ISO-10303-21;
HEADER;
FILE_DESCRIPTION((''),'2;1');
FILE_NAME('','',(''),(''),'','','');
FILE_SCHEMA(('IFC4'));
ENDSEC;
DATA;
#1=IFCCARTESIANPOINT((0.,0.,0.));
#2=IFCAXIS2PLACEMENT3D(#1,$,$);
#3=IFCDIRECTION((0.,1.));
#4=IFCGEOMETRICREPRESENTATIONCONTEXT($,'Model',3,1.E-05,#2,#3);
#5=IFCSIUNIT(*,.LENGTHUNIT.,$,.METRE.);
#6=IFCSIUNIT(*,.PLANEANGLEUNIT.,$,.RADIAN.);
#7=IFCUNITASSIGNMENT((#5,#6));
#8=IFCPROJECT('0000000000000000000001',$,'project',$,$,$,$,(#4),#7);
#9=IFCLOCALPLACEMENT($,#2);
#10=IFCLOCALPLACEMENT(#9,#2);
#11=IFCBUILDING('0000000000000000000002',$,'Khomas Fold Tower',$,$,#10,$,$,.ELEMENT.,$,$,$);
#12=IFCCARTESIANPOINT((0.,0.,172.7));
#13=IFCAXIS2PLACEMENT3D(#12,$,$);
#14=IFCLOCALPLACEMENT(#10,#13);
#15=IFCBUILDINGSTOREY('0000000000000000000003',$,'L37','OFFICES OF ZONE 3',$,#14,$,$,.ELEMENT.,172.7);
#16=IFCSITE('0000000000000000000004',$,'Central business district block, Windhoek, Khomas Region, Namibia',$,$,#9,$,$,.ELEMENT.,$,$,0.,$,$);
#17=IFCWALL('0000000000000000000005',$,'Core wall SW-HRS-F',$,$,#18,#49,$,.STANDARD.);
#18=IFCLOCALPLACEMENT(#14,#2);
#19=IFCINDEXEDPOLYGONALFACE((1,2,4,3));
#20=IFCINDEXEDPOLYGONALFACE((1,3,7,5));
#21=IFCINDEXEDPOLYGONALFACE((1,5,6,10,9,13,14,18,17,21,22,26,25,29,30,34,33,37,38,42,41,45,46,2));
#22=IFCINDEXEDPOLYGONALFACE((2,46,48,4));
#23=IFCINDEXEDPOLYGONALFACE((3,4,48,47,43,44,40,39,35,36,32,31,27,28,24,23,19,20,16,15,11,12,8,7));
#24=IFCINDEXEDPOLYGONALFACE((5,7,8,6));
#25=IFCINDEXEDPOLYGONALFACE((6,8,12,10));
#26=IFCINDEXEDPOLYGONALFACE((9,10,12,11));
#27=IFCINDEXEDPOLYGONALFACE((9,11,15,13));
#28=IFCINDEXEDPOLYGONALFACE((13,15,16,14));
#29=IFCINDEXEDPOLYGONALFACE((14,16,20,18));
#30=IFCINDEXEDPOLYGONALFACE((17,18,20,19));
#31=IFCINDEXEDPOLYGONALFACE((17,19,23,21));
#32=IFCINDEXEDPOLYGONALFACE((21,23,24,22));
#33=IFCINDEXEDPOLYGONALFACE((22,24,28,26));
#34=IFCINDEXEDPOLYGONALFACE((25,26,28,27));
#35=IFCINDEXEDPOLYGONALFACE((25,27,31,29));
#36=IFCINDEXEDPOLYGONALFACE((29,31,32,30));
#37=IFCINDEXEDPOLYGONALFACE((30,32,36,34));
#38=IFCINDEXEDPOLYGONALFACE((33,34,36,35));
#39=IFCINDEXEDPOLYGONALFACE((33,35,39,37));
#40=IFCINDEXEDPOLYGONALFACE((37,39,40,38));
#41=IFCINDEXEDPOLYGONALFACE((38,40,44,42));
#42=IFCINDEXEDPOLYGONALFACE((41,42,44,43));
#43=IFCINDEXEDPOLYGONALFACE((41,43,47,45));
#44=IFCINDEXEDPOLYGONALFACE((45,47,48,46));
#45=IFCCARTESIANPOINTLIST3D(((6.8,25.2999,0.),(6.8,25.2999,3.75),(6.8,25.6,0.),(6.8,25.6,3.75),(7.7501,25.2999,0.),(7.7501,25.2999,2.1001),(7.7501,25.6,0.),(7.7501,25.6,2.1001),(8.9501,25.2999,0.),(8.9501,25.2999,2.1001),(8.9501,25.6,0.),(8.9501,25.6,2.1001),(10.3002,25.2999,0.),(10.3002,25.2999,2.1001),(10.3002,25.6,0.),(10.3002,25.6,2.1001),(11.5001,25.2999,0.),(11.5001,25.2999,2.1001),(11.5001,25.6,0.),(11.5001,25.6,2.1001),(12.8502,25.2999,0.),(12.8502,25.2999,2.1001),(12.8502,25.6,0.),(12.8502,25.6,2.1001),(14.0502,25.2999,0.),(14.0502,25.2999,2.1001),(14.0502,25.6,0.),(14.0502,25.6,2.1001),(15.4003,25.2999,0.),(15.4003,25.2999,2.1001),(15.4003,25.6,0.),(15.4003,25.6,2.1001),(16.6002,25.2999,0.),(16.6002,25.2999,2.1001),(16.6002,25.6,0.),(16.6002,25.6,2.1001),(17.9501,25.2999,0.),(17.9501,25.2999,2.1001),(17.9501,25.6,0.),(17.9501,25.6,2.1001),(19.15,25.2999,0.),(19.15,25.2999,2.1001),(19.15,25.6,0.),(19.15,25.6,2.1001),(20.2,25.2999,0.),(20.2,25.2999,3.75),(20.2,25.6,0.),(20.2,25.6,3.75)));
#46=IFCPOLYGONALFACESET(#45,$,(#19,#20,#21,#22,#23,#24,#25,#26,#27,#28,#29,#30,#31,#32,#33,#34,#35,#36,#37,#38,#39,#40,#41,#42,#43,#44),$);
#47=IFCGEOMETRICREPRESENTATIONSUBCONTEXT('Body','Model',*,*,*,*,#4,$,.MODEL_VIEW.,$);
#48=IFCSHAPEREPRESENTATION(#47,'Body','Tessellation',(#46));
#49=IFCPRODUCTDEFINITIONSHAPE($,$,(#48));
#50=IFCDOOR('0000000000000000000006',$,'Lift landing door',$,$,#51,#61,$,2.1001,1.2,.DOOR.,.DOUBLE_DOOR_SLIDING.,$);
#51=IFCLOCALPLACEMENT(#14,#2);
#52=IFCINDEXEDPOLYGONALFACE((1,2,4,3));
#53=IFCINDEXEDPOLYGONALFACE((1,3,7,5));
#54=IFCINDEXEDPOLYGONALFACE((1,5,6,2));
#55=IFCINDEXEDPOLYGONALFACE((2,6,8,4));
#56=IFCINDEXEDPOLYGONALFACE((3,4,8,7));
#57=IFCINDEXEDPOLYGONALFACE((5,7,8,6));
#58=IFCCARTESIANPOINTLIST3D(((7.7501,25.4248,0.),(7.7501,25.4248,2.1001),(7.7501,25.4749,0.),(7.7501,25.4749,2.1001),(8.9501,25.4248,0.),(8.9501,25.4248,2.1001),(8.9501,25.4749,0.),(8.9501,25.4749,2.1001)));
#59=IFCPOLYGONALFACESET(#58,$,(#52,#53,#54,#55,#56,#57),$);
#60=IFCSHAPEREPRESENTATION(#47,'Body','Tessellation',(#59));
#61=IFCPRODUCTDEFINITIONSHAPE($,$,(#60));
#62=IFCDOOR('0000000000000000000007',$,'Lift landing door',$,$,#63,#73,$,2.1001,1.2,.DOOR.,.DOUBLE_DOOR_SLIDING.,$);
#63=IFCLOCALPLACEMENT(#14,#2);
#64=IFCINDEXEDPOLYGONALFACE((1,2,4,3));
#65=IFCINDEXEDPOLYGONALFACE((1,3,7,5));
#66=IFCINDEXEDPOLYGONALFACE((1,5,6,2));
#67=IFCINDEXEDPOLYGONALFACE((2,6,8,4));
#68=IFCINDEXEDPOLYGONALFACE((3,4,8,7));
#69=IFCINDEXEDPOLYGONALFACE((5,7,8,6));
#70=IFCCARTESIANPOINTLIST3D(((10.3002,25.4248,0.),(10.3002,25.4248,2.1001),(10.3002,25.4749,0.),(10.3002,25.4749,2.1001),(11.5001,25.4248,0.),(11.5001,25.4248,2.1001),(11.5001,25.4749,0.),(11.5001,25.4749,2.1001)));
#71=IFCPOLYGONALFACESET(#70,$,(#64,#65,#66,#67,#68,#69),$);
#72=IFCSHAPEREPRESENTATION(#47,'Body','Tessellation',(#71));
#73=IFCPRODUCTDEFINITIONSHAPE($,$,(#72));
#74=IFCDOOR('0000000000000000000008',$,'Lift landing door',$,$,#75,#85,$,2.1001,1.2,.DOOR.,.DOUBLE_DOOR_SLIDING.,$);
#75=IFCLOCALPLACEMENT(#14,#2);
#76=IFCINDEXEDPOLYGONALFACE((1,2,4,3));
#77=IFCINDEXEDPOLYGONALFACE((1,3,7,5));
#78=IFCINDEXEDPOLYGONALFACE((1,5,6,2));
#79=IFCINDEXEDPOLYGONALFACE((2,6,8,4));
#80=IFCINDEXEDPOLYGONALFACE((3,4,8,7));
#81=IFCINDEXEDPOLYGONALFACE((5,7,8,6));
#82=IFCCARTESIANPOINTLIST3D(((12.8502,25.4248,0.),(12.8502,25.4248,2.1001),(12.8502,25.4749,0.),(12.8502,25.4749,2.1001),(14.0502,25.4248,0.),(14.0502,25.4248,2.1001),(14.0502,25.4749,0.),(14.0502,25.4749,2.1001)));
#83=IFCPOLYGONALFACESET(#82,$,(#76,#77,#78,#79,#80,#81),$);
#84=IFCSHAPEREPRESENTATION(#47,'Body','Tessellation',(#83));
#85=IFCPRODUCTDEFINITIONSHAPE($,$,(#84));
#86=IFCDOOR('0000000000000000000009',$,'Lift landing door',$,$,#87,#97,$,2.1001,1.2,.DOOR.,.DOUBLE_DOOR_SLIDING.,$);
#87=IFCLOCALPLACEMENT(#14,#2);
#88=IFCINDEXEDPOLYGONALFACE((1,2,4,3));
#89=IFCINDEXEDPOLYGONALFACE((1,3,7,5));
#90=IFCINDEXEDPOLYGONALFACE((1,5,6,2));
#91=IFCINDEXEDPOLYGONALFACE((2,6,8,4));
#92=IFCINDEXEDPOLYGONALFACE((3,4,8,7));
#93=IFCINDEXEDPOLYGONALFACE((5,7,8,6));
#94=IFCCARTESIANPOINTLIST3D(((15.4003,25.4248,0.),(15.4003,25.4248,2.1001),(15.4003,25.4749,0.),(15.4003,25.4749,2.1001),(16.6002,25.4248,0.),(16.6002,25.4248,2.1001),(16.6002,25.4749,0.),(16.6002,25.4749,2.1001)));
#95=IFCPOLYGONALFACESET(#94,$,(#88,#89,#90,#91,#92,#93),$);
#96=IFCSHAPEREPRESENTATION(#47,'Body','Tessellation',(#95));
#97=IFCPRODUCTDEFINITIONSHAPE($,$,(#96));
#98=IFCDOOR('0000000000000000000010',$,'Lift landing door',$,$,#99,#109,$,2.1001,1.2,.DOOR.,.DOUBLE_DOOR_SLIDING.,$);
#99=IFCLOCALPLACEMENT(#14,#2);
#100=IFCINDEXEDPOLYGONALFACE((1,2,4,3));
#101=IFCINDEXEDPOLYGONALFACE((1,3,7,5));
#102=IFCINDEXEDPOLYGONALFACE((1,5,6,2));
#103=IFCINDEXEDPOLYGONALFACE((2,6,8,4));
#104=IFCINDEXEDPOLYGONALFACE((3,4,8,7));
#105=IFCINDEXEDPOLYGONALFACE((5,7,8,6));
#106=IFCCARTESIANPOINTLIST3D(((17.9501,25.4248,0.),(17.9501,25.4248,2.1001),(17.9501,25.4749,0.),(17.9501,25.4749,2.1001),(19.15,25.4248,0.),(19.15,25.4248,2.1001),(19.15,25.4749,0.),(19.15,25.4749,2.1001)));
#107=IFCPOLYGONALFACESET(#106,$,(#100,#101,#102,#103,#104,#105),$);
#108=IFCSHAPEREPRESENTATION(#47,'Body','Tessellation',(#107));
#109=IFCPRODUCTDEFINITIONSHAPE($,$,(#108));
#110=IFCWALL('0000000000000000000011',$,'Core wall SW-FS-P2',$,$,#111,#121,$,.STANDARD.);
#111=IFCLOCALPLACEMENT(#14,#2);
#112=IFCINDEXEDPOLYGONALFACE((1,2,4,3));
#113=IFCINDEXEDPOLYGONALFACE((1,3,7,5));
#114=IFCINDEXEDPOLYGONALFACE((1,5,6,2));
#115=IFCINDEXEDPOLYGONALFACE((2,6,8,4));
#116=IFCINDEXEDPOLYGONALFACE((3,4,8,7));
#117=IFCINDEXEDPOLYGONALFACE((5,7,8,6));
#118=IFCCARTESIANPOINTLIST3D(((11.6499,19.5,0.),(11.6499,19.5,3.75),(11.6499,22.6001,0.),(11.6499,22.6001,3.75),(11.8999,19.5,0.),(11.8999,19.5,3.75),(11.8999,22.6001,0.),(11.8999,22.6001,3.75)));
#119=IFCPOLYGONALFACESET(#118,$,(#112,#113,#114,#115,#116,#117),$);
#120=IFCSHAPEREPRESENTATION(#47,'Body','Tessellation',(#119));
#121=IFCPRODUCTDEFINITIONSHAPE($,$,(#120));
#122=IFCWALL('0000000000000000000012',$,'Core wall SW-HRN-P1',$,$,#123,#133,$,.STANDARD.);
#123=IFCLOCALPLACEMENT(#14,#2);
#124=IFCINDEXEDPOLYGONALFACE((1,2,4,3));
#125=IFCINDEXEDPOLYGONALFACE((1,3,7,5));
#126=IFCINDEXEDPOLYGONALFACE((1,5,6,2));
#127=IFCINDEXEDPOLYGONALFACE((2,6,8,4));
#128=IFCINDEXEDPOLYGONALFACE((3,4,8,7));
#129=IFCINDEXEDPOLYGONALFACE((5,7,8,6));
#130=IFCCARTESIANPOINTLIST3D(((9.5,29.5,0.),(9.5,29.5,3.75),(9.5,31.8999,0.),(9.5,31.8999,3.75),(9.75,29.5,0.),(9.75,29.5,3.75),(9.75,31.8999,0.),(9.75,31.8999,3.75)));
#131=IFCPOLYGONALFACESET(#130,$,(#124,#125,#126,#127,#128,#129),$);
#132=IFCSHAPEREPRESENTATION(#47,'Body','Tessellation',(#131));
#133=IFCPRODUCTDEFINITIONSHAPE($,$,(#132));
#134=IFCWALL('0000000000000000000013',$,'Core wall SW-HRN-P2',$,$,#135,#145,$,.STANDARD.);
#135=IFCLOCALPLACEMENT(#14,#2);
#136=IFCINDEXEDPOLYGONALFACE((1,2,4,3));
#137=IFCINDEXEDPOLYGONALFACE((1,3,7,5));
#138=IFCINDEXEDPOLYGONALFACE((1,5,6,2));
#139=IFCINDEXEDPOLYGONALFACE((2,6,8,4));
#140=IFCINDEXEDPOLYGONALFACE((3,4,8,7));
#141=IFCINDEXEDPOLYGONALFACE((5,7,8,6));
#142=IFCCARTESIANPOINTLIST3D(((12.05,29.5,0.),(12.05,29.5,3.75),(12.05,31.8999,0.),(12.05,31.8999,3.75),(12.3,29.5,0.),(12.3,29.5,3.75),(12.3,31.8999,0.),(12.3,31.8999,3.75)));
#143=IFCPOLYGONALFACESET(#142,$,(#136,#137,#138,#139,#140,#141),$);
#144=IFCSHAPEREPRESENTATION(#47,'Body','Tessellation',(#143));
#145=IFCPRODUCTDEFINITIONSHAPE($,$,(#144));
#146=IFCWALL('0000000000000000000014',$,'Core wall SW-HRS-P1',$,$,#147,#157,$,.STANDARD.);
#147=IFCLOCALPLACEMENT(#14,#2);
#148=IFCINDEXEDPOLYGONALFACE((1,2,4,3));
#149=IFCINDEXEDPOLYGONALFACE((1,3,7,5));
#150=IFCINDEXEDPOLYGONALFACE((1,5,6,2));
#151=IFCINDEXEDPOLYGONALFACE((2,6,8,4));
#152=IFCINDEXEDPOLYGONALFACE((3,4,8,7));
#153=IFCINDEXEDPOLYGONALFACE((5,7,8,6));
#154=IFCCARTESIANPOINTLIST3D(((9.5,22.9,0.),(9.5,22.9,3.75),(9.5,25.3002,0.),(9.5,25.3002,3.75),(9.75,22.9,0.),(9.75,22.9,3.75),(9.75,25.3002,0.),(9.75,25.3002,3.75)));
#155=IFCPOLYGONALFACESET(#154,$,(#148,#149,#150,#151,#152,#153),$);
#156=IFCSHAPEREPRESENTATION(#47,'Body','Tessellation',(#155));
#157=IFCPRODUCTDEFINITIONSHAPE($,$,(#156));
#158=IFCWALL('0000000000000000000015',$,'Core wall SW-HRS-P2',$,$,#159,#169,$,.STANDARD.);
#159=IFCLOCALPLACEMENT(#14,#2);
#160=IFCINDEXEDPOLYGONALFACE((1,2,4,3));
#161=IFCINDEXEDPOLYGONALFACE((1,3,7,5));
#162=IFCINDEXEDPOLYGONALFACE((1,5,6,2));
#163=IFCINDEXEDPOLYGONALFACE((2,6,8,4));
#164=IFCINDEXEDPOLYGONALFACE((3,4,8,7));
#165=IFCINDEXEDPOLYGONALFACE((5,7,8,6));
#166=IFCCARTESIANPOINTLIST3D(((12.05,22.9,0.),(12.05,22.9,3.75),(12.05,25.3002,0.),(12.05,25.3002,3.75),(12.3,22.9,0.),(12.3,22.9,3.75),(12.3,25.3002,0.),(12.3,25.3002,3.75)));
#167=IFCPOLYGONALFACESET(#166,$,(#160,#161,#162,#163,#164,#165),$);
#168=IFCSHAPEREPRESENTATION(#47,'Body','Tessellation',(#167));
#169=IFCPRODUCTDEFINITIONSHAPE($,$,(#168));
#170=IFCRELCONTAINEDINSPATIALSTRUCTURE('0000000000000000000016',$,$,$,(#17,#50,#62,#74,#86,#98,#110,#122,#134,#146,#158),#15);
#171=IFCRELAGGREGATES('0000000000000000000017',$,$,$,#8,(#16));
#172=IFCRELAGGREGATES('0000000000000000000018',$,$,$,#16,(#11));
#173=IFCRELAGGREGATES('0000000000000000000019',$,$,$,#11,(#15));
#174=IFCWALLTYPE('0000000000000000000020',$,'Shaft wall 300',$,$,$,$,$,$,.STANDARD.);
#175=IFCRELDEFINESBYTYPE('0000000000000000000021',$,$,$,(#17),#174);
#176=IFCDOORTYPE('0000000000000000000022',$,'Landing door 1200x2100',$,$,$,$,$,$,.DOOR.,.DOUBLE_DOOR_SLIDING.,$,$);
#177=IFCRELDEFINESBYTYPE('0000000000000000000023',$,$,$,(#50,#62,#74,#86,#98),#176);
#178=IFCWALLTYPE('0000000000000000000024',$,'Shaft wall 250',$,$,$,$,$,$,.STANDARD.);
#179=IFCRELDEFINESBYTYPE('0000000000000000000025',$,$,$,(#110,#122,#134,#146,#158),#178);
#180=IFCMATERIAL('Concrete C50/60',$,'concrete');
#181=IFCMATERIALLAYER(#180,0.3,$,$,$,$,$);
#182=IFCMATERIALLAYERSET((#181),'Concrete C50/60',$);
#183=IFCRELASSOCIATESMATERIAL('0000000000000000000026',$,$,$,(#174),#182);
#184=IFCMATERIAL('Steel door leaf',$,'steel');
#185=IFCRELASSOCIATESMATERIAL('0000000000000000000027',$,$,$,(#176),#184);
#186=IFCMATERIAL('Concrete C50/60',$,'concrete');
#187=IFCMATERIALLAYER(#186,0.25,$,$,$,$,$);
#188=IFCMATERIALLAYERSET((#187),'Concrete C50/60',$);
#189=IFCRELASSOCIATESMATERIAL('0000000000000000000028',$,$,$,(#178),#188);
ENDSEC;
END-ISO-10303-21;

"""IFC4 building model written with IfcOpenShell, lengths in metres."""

from ifc_helpers import new_model, si_unit, direction, frame, frame_2d, origin, place, context, subcontext, project, spatial, rectangle, extrude, source, transform, mapped, material, layer, layer_set, type_object, element, fill, save


model = new_model("IFC4")

# Units and contexts
model_context = context("Model", 3, precision=1e-05, world=origin(), true_north=direction((0.0, 1.0)))
body_context = subcontext(model_context, "Body", "Model", "MODEL_VIEW")
ifc_project = project(units=[si_unit("LENGTHUNIT", "METRE"), si_unit("PLANEANGLEUNIT", "RADIAN")], contexts=[model_context])

# Site, building, storey
site_placement = place(None, origin())
site = spatial("IfcSite", under=ifc_project, at=site_placement, Name="Central business district block, Windhoek, Khomas Region, Namibia", CompositionType="ELEMENT", RefElevation=0.0)
building_placement = place(site_placement, origin())
building = spatial("IfcBuilding", under=site, at=building_placement, Name="Khomas Fold Tower", CompositionType="ELEMENT")
storey_placement = place(building_placement, frame((0.0, 0.0, 172.7)))
storey = spatial("IfcBuildingStorey", under=building, at=storey_placement, Name="L37", Description="OFFICES OF ZONE 3", CompositionType="ELEMENT", Elevation=172.7)

# Shared definitions
ifc_material_1 = material(Name="Concrete C50/60", Category="concrete")
ifc_layer_1 = layer(ifc_material_1, 0.3)
ifc_layer_set_1 = layer_set([ifc_layer_1], Name="Concrete C50/60")
wall_type_1 = type_object("IfcWallType", Name="Shaft wall 300", PredefinedType="STANDARD", material=ifc_layer_set_1)
shared_shape_1 = source(origin(), body_context, "Body", "SweptSolid", [
    extrude(rectangle(XDim=13.3999, YDim=0.3, at=frame_2d((6.7, 0.0))), origin(), (0.0, 0.0, 1.0), 3.75),
])

# Wall, openings, doors
shared_shape_2 = source(origin(), body_context, "Body", "SweptSolid", [
    extrude(rectangle(XDim=1.2, YDim=2.1001, at=frame_2d((0.6001, 1.05))), frame((0.0, 0.1599, 0.0), z_axis=(0.0, -1.0, 0.0), x_axis=(1.0, 0.0, 0.0)), (0.0, 0.0, 1.0), 0.3201),
])
ifc_material_2 = material(Name="Steel door leaf", Category="steel")
door_type = type_object("IfcDoorType", Name="Landing door 1200x2100", OperationType="DOUBLE_DOOR_SLIDING", PredefinedType="DOOR", material=ifc_material_2)
shared_shape_3 = source(origin(), body_context, "Body", "SweptSolid", [
    extrude(rectangle(XDim=1.2, YDim=2.1001, at=frame_2d((0.6001, 1.05))), frame((0.0, 0.0249, 0.0), z_axis=(0.0, -1.0, 0.0), x_axis=(1.0, 0.0, 0.0)), (0.0, 0.0, 1.0), 0.05),
])
wall_1_placement = place(storey_placement, frame((6.8, 25.45, 0.0), z_axis=(0.0, 0.0, 1.0), x_axis=(1.0, 0.0, 0.0)))
wall_1 = element("IfcWall", 1, at=wall_1_placement, inside=storey, type_object=wall_type_1, Name="Core wall SW-HRS-F", PredefinedType="STANDARD", context=body_context, shape_type="MappedRepresentation", body=[
    mapped(shared_shape_1, transform((0.0, 0.0, 0.0))),
])
opening_1_placement = place(wall_1_placement, frame((0.95, 0.0, 0.0)))
opening_1 = element("IfcOpeningElement", 2, at=opening_1_placement, cuts=wall_1, PredefinedType="OPENING", context=body_context, shape_type="MappedRepresentation", body=[
    mapped(shared_shape_2, transform((0.0, 0.0, 0.0))),
])
opening_2_placement = place(wall_1_placement, frame((3.5, 0.0, 0.0)))
opening_2 = element("IfcOpeningElement", 3, at=opening_2_placement, cuts=wall_1, PredefinedType="OPENING", context=body_context, shape_type="MappedRepresentation", body=[
    mapped(shared_shape_2, transform((0.0, 0.0, 0.0))),
])
opening_3_placement = place(wall_1_placement, frame((6.05, 0.0, 0.0)))
opening_3 = element("IfcOpeningElement", 4, at=opening_3_placement, cuts=wall_1, PredefinedType="OPENING", context=body_context, shape_type="MappedRepresentation", body=[
    mapped(shared_shape_2, transform((0.0, 0.0, 0.0))),
])
opening_4_placement = place(wall_1_placement, frame((8.6001, 0.0, 0.0)))
opening_4 = element("IfcOpeningElement", 5, at=opening_4_placement, cuts=wall_1, PredefinedType="OPENING", context=body_context, shape_type="MappedRepresentation", body=[
    mapped(shared_shape_2, transform((0.0, 0.0, 0.0))),
])
opening_5_placement = place(wall_1_placement, frame((11.1499, 0.0, 0.0)))
opening_5 = element("IfcOpeningElement", 6, at=opening_5_placement, cuts=wall_1, PredefinedType="OPENING", context=body_context, shape_type="MappedRepresentation", body=[
    mapped(shared_shape_2, transform((0.0, 0.0, 0.0))),
])
door_1_placement = place(opening_1_placement, origin())
door_1 = element("IfcDoor", 7, at=door_1_placement, inside=storey, type_object=door_type, Name="Lift landing door", OperationType="DOUBLE_DOOR_SLIDING", OverallHeight=2.1001, OverallWidth=1.2, PredefinedType="DOOR", context=body_context, shape_type="MappedRepresentation", body=[
    mapped(shared_shape_3, transform((0.0, 0.0, 0.0))),
])
fill(opening_1, door_1)
door_2_placement = place(opening_2_placement, origin())
door_2 = element("IfcDoor", 8, at=door_2_placement, inside=storey, type_object=door_type, Name="Lift landing door", OperationType="DOUBLE_DOOR_SLIDING", OverallHeight=2.1001, OverallWidth=1.2, PredefinedType="DOOR", context=body_context, shape_type="MappedRepresentation", body=[
    mapped(shared_shape_3, transform((0.0, 0.0, 0.0))),
])
fill(opening_2, door_2)
door_3_placement = place(opening_3_placement, origin())
door_3 = element("IfcDoor", 9, at=door_3_placement, inside=storey, type_object=door_type, Name="Lift landing door", OperationType="DOUBLE_DOOR_SLIDING", OverallHeight=2.1001, OverallWidth=1.2, PredefinedType="DOOR", context=body_context, shape_type="MappedRepresentation", body=[
    mapped(shared_shape_3, transform((0.0, 0.0, 0.0))),
])
fill(opening_3, door_3)
door_4_placement = place(opening_4_placement, origin())
door_4 = element("IfcDoor", 10, at=door_4_placement, inside=storey, type_object=door_type, Name="Lift landing door", OperationType="DOUBLE_DOOR_SLIDING", OverallHeight=2.1001, OverallWidth=1.2, PredefinedType="DOOR", context=body_context, shape_type="MappedRepresentation", body=[
    mapped(shared_shape_3, transform((0.0, 0.0, 0.0))),
])
fill(opening_4, door_4)
door_5_placement = place(opening_5_placement, origin())
door_5 = element("IfcDoor", 11, at=door_5_placement, inside=storey, type_object=door_type, Name="Lift landing door", OperationType="DOUBLE_DOOR_SLIDING", OverallHeight=2.1001, OverallWidth=1.2, PredefinedType="DOOR", context=body_context, shape_type="MappedRepresentation", body=[
    mapped(shared_shape_3, transform((0.0, 0.0, 0.0))),
])
fill(opening_5, door_5)

# Walls
ifc_material_3 = material(Name="Concrete C50/60", Category="concrete")
ifc_layer_2 = layer(ifc_material_3, 0.25)
ifc_layer_set_2 = layer_set([ifc_layer_2], Name="Concrete C50/60")
wall_type_2 = type_object("IfcWallType", Name="Shaft wall 250", PredefinedType="STANDARD", material=ifc_layer_set_2)
shared_shape_4 = source(origin(), body_context, "Body", "SweptSolid", [
    extrude(rectangle(XDim=3.1001, YDim=0.25, at=frame_2d((1.55, 0.0))), origin(), (0.0, 0.0, 1.0), 3.75),
])
wall_2_placement = place(storey_placement, frame((11.7749, 19.5, 0.0), z_axis=(0.0, 0.0, 1.0), x_axis=(0.0, 1.0, 0.0)))
element("IfcWall", 12, at=wall_2_placement, inside=storey, type_object=wall_type_2, Name="Core wall SW-FS-P2", PredefinedType="STANDARD", context=body_context, shape_type="MappedRepresentation", body=[
    mapped(shared_shape_4, transform((0.0, 0.0, 0.0))),
])
shared_shape_5 = source(origin(), body_context, "Body", "SweptSolid", [
    extrude(rectangle(XDim=2.3999, YDim=0.25, at=frame_2d((1.2, 0.0))), origin(), (0.0, 0.0, 1.0), 3.75),
])
for number, where, z_axis, x_axis, name in (
    (13, (9.625, 29.5, 0.0), (0.0, 0.0, 1.0), (0.0, 1.0, 0.0), "Core wall SW-HRN-P1"),
    (14, (12.175, 29.5, 0.0), (0.0, 0.0, 1.0), (0.0, 1.0, 0.0), "Core wall SW-HRN-P2"),
):
    element("IfcWall", number, at=place(storey_placement, frame(where, z_axis=z_axis, x_axis=x_axis)), inside=storey, type_object=wall_type_2, Name=name, PredefinedType="STANDARD", context=body_context, shape_type="MappedRepresentation", body=[
        mapped(shared_shape_5, transform((0.0, 0.0, 0.0))),
    ])
shared_shape_6 = source(origin(), body_context, "Body", "SweptSolid", [
    extrude(rectangle(XDim=2.4001, YDim=0.25, at=frame_2d((1.2002, 0.0))), origin(), (0.0, 0.0, 1.0), 3.75),
])
for number, where, z_axis, x_axis, name in (
    (15, (9.625, 22.8999, 0.0), (0.0, 0.0, 1.0), (0.0, 1.0, 0.0), "Core wall SW-HRS-P1"),
    (16, (12.175, 22.8999, 0.0), (0.0, 0.0, 1.0), (0.0, 1.0, 0.0), "Core wall SW-HRS-P2"),
):
    element("IfcWall", number, at=place(storey_placement, frame(where, z_axis=z_axis, x_axis=x_axis)), inside=storey, type_object=wall_type_2, Name=name, PredefinedType="STANDARD", context=body_context, shape_type="MappedRepresentation", body=[
        mapped(shared_shape_6, transform((0.0, 0.0, 0.0))),
    ])

save(model, "model.ifc")
